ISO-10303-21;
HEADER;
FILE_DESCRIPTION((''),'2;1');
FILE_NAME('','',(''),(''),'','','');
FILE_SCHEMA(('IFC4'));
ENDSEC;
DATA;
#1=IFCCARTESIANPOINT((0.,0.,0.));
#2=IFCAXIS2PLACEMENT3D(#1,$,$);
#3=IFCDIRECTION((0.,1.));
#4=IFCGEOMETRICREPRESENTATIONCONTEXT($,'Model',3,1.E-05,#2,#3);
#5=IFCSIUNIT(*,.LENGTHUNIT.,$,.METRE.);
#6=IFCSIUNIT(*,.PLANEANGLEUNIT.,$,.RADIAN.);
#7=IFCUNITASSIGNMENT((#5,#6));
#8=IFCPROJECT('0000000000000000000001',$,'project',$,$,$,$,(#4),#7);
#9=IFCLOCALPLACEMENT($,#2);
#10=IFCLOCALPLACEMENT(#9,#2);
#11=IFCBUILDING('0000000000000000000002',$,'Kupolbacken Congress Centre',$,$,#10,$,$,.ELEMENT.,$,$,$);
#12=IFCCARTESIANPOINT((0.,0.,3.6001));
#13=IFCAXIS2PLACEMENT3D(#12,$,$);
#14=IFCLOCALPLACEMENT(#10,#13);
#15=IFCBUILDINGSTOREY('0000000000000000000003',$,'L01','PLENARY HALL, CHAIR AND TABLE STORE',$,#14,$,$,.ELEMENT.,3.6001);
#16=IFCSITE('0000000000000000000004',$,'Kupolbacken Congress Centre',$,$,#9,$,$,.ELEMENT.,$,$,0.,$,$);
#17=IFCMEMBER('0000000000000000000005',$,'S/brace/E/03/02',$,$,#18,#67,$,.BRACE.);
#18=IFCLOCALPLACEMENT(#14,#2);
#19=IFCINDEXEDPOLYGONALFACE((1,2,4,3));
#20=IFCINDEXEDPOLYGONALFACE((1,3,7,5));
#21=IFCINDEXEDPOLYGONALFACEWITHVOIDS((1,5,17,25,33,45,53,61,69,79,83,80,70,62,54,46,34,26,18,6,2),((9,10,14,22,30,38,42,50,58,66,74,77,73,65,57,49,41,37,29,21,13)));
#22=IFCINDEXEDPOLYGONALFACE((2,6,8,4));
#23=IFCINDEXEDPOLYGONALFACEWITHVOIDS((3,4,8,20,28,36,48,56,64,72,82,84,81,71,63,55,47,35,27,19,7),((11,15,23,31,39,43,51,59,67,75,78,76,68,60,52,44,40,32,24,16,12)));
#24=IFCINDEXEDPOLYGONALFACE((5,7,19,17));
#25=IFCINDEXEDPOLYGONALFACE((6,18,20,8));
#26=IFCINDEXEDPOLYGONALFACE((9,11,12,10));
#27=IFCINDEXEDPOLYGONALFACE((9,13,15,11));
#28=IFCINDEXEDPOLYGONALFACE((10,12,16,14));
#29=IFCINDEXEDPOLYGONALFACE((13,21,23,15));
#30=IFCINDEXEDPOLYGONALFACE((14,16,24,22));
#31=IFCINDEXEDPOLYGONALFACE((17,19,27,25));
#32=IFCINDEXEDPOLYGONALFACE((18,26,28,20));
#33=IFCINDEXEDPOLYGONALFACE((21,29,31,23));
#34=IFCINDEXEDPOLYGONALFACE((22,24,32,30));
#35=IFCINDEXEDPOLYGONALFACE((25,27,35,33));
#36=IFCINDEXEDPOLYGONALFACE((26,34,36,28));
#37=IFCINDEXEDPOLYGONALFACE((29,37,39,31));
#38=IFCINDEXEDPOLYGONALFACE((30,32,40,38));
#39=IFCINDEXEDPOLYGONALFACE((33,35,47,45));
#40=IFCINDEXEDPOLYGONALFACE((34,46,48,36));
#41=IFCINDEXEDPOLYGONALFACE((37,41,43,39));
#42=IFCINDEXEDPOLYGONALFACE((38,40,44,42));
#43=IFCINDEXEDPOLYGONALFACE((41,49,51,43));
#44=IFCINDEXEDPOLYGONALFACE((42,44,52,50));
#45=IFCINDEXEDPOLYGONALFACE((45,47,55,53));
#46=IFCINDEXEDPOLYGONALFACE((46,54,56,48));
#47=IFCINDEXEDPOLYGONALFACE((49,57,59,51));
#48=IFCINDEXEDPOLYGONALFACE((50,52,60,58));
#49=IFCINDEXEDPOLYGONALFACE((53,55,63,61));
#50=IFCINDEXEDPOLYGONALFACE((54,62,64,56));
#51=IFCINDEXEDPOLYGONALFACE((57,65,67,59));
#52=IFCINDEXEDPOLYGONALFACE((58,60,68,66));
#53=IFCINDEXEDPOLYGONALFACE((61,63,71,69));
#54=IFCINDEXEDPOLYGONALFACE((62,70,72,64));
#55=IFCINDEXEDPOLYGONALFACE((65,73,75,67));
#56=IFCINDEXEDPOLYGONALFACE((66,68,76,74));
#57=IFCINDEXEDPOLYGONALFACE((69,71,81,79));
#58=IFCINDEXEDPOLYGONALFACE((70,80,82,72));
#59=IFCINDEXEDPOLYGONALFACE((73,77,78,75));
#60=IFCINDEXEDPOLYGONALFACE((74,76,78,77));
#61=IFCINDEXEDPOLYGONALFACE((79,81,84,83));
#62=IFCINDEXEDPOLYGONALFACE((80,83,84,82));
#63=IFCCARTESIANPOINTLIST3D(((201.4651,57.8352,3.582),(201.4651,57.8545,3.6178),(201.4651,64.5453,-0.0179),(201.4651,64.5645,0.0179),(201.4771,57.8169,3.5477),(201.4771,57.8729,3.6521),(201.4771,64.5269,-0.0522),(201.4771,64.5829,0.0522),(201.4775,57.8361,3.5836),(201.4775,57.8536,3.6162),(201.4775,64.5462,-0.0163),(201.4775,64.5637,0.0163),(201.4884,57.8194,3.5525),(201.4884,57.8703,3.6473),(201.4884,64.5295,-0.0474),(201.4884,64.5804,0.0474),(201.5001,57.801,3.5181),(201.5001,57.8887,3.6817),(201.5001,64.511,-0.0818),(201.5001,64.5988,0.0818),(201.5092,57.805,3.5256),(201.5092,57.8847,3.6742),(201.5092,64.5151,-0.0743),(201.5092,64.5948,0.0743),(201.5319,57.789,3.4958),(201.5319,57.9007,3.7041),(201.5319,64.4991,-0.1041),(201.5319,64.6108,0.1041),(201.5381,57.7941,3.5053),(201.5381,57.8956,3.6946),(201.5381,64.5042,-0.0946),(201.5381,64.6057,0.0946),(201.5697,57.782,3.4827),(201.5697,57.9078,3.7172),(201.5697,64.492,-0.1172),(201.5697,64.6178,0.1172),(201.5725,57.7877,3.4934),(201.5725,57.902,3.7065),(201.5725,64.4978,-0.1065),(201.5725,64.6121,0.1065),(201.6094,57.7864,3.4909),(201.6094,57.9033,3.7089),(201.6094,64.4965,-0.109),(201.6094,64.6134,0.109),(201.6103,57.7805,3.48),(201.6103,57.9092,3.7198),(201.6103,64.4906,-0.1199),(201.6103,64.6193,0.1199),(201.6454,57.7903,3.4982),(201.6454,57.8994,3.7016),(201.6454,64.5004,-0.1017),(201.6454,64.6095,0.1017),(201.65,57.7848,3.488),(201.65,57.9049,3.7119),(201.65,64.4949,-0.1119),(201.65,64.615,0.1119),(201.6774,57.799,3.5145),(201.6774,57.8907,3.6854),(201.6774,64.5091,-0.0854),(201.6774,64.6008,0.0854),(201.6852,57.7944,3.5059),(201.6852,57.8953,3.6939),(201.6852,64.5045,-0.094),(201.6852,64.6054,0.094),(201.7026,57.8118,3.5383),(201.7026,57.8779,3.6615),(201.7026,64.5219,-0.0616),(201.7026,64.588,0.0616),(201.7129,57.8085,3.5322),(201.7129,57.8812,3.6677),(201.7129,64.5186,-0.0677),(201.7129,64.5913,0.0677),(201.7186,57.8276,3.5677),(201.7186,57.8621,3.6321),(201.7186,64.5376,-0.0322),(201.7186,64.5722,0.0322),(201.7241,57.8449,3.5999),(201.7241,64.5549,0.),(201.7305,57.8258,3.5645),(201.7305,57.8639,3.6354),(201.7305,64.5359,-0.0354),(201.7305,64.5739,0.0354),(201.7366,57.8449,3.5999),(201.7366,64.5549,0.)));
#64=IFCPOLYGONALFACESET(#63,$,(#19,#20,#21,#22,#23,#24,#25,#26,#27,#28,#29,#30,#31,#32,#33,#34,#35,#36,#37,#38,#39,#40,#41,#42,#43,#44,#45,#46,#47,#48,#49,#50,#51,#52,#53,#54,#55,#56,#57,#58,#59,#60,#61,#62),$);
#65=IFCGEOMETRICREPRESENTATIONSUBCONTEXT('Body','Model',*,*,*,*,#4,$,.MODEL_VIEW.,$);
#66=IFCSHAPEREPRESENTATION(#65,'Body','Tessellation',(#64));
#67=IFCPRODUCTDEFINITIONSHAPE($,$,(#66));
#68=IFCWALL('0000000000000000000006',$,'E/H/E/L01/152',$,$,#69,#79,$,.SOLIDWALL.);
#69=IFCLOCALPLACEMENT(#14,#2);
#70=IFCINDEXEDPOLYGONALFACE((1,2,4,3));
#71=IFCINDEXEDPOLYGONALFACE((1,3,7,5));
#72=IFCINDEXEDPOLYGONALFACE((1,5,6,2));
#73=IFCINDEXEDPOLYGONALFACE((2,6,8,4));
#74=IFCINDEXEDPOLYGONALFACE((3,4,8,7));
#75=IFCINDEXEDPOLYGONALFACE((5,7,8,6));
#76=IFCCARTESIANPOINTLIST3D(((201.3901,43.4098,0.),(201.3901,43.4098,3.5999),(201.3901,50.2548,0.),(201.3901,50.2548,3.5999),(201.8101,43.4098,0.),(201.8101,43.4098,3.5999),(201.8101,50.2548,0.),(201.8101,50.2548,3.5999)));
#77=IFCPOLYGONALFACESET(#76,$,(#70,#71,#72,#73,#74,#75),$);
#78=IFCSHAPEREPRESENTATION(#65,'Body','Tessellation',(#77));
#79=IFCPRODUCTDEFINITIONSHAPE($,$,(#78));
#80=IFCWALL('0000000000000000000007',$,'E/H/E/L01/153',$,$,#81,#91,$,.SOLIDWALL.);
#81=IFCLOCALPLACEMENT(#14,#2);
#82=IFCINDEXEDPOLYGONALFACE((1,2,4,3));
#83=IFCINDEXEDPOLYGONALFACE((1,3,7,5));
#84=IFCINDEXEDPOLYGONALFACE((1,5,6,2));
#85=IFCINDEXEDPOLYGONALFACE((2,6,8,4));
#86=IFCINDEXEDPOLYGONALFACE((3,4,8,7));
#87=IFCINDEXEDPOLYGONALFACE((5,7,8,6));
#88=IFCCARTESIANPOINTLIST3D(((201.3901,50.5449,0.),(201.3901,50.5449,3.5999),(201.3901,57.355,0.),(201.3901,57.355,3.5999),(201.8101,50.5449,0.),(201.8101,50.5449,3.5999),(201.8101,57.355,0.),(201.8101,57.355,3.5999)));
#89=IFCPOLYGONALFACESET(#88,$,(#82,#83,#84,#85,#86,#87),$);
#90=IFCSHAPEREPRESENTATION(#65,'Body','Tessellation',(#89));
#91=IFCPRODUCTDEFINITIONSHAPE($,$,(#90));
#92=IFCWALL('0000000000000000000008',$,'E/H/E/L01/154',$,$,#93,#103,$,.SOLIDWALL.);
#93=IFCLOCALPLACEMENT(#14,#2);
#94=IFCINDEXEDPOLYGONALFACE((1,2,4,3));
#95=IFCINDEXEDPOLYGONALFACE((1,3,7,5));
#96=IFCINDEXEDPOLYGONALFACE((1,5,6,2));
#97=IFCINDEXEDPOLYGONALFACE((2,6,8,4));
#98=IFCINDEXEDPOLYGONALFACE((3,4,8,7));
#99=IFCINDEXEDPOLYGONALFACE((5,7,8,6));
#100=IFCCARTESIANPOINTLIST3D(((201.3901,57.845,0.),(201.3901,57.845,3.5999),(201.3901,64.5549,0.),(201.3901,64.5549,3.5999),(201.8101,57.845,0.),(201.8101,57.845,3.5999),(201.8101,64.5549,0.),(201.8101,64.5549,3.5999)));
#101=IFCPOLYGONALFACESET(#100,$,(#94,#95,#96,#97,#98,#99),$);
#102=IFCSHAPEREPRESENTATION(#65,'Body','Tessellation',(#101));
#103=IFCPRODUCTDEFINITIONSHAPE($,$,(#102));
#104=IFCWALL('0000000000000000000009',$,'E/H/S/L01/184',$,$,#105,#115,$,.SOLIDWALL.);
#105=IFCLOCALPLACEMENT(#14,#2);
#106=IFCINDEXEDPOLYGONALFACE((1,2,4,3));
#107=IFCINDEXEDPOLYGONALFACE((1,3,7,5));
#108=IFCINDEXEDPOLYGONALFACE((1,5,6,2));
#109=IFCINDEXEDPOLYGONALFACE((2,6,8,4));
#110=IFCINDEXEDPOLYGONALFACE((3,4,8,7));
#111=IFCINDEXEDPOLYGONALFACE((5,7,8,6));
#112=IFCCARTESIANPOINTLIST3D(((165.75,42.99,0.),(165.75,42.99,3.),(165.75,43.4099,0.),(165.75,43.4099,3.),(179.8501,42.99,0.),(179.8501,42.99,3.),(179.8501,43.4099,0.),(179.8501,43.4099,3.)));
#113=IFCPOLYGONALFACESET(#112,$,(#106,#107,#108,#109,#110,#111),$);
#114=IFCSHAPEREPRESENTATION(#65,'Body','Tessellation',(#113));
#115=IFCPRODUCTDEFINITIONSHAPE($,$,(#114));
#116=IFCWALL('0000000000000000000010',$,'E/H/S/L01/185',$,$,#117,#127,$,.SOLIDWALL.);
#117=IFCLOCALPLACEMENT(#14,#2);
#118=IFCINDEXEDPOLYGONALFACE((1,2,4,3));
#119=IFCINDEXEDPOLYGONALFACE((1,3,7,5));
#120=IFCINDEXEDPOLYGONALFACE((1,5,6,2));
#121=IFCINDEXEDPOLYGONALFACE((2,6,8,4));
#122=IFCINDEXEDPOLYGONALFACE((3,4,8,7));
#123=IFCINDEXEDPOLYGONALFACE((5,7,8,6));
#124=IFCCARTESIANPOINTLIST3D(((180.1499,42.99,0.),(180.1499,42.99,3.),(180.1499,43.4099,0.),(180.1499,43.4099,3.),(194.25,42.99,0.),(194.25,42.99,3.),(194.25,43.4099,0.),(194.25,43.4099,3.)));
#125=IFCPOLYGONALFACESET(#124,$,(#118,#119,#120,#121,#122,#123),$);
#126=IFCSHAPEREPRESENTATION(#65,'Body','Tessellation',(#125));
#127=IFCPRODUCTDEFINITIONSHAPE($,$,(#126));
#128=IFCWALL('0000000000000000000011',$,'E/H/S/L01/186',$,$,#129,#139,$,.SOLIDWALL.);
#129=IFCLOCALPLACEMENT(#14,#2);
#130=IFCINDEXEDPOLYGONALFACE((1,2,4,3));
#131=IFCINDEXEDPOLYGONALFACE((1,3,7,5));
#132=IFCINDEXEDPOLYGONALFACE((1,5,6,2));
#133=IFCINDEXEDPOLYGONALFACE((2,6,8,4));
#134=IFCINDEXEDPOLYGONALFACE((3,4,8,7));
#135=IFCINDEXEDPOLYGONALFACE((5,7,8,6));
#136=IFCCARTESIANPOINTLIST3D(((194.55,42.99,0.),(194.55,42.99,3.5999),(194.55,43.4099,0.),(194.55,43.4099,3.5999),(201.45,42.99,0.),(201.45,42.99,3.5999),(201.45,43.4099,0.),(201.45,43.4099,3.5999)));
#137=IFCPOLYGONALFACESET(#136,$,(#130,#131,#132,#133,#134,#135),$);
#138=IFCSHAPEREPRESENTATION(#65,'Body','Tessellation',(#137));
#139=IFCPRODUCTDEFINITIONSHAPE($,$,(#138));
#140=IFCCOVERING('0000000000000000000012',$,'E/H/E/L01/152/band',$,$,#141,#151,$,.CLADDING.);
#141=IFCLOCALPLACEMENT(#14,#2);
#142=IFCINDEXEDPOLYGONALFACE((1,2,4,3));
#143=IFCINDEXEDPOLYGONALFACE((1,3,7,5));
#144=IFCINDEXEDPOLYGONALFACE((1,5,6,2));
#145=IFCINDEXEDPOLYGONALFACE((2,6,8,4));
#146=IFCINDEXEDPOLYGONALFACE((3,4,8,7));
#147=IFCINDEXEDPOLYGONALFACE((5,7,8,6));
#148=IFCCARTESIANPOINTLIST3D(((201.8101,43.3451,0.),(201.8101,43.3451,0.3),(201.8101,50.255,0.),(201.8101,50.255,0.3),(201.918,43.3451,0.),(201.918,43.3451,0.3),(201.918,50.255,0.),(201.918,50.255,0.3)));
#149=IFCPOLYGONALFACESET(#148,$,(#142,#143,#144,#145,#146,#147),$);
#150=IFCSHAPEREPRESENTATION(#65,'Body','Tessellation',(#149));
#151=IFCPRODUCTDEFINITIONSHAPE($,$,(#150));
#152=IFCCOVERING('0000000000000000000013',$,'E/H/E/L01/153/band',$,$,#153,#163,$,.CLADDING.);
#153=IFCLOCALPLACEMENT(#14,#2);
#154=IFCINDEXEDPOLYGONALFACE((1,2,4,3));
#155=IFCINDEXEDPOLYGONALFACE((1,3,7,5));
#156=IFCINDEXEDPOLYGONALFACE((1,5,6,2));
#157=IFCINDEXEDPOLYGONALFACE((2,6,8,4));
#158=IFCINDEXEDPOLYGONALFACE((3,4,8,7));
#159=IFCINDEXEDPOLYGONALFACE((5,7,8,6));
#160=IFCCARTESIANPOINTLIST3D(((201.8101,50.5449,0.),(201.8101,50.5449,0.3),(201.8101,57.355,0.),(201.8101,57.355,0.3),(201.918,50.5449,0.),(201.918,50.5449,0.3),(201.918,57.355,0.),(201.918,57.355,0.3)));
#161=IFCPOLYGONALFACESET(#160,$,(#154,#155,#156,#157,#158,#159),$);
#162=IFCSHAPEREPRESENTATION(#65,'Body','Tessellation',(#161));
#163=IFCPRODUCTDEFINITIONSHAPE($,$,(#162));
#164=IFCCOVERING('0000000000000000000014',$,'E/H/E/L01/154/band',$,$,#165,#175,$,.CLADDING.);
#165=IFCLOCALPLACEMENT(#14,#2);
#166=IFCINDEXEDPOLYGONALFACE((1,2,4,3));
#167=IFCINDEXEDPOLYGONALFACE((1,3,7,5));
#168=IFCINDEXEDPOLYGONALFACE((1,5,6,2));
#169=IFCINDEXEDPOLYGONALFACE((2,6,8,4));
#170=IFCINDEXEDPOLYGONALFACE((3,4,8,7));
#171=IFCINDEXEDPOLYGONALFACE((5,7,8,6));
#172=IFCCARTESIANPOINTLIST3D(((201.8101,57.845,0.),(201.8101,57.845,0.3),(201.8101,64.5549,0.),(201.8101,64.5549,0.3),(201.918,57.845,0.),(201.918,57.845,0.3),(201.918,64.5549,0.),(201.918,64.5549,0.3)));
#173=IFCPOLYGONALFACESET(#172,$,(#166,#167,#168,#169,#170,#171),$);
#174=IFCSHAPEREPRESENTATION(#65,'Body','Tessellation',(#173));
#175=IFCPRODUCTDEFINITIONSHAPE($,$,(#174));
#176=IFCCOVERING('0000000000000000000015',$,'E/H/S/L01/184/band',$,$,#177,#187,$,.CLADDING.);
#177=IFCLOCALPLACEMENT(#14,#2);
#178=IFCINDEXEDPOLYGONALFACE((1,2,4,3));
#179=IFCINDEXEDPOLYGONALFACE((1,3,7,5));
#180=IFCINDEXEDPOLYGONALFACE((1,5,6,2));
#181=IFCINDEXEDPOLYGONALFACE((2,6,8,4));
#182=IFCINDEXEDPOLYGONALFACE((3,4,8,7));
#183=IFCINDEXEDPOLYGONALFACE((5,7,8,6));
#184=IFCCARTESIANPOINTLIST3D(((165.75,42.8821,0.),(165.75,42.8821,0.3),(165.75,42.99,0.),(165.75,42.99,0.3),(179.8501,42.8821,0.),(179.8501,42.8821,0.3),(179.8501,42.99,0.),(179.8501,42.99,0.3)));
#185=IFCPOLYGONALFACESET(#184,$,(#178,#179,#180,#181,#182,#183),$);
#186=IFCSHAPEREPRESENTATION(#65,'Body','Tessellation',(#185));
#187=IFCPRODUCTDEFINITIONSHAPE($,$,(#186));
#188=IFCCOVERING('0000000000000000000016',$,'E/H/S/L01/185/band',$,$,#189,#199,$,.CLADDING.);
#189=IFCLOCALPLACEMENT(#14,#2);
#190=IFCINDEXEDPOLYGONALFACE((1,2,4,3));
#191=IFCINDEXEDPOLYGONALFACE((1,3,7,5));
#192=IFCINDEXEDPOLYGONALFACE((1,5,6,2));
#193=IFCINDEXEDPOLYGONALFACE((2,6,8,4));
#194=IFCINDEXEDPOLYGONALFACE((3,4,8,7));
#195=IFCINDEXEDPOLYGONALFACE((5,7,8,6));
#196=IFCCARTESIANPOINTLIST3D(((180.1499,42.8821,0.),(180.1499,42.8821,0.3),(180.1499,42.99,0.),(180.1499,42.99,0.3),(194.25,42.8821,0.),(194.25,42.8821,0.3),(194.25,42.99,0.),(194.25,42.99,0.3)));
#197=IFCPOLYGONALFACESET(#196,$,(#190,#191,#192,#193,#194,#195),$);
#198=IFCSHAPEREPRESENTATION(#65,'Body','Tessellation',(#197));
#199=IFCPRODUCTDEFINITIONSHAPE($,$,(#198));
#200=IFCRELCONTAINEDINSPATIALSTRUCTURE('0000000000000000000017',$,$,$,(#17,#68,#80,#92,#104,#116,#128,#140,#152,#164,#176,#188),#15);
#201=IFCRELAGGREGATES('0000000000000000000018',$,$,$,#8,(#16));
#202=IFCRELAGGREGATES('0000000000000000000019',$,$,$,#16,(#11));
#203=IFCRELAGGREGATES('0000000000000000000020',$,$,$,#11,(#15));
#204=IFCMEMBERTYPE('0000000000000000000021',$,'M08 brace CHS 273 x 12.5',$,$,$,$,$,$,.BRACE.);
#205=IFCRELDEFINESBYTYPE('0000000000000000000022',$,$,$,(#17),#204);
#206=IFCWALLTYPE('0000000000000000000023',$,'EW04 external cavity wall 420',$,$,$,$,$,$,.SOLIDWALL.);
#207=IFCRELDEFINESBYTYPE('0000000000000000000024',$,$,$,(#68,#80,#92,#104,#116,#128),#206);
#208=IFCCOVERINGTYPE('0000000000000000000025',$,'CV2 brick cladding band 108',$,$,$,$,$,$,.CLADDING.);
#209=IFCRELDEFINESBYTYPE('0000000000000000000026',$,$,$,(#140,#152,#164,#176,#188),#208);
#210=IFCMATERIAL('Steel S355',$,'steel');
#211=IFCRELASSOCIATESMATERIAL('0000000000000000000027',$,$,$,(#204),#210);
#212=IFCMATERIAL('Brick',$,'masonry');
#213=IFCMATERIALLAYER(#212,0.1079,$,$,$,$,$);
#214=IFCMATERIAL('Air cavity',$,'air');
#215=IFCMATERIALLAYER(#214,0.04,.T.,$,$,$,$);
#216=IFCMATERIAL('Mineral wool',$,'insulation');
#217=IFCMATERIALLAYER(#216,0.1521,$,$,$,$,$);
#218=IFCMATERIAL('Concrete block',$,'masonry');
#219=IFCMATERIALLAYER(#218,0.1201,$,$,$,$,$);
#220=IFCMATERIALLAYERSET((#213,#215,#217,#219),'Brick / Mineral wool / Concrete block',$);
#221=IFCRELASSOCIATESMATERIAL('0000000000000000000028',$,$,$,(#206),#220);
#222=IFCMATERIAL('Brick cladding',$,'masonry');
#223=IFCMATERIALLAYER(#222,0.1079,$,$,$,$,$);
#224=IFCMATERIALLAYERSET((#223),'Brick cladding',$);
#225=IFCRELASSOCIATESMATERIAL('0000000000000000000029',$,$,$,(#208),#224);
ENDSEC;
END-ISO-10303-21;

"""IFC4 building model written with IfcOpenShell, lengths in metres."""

from ifc_helpers import new_model, si_unit, direction, frame, frame_2d, origin, origin_2d, place, context, subcontext, project, spatial, rectangle, hollow_circle, extrude, material, layer, layer_set, material_profile, profile_set, type_object, element, save


model = new_model("IFC4")

# Units and contexts
model_context = context("Model", 3, precision=1e-05, world=origin(), true_north=direction((0.0, 1.0)))
body_context = subcontext(model_context, "Body", "Model", "MODEL_VIEW")
ifc_project = project(units=[si_unit("LENGTHUNIT", "METRE"), si_unit("PLANEANGLEUNIT", "RADIAN")], contexts=[model_context])

# Site, building, storey
site_placement = place(None, origin())
site = spatial("IfcSite", under=ifc_project, at=site_placement, Name="Kupolbacken Congress Centre", CompositionType="ELEMENT", RefElevation=0.0)
building_placement = place(site_placement, origin())
building = spatial("IfcBuilding", under=site, at=building_placement, Name="Kupolbacken Congress Centre", CompositionType="ELEMENT")
storey_placement = place(building_placement, frame((0.0, 0.0, 3.6001)))
storey = spatial("IfcBuildingStorey", under=building, at=storey_placement, Name="L01", Description="PLENARY HALL, CHAIR AND TABLE STORE", CompositionType="ELEMENT", Elevation=3.6001)

# Member
ifc_material_1 = material(Name="Steel S355", Category="steel")
ifc_material_profile_1 = material_profile(ifc_material_1, hollow_circle(Radius=0.1365, WallThickness=0.0125, at=origin_2d()), Name="CHS 273 x 12.5")
ifc_profile_set_1 = profile_set([ifc_material_profile_1], Name="Steel S355")
member_type = type_object("IfcMemberType", Name="M08 brace CHS 273 x 12.5", PredefinedType="BRACE", material=ifc_profile_set_1)
member_placement = place(storey_placement, frame((201.6001, 64.5549, 0.0), z_axis=(0.0, -0.881194, 0.472755), x_axis=(1.0, 0.0, 0.0)))
element("IfcMember", 1, at=member_placement, inside=storey, type_object=member_type, Name="S/brace/E/03/02", PredefinedType="BRACE", context=body_context, shape_type="SweptSolid", body=[
    extrude(hollow_circle(Radius=0.1365, WallThickness=0.0125, at=origin_2d()), origin(), (0.0, 0.0, 1.0), 7.6147),
])

# Walls
ifc_material_2 = material(Name="Brick", Category="masonry")
ifc_layer_1 = layer(ifc_material_2, 0.1079)
ifc_material_3 = material(Name="Air cavity", Category="air")
ifc_layer_2 = layer(ifc_material_3, 0.04, ventilated=True)
ifc_material_4 = material(Name="Mineral wool", Category="insulation")
ifc_layer_3 = layer(ifc_material_4, 0.1521)
ifc_material_5 = material(Name="Concrete block", Category="masonry")
ifc_layer_4 = layer(ifc_material_5, 0.1201)
ifc_layer_set_1 = layer_set([ifc_layer_1, ifc_layer_2, ifc_layer_3, ifc_layer_4], Name="Brick / Mineral wool / Concrete block")
wall_type = type_object("IfcWallType", Name="EW04 external cavity wall 420", PredefinedType="SOLIDWALL", material=ifc_layer_set_1)
wall_1_placement = place(storey_placement, frame((201.6001, 43.4099, 0.0), z_axis=(0.0, 0.0, 1.0), x_axis=(0.0, 1.0, 0.0)))
element("IfcWall", 2, at=wall_1_placement, inside=storey, type_object=wall_type, Name="E/H/E/L01/152", PredefinedType="SOLIDWALL", context=body_context, shape_type="SweptSolid", body=[
    extrude(rectangle(XDim=6.845, YDim=0.4199, at=frame_2d((3.4224, 0.0))), origin(), (0.0, 0.0, 1.0), 3.5999),
])
wall_2_placement = place(storey_placement, frame((201.6001, 50.5449, 0.0), z_axis=(0.0, 0.0, 1.0), x_axis=(0.0, 1.0, 0.0)))
element("IfcWall", 3, at=wall_2_placement, inside=storey, type_object=wall_type, Name="E/H/E/L01/153", PredefinedType="SOLIDWALL", context=body_context, shape_type="SweptSolid", body=[
    extrude(rectangle(XDim=6.8101, YDim=0.4199, at=frame_2d((3.405, 0.0))), origin(), (0.0, 0.0, 1.0), 3.5999),
])
wall_3_placement = place(storey_placement, frame((201.6001, 57.845, 0.0), z_axis=(0.0, 0.0, 1.0), x_axis=(0.0, 1.0, 0.0)))
element("IfcWall", 4, at=wall_3_placement, inside=storey, type_object=wall_type, Name="E/H/E/L01/154", PredefinedType="SOLIDWALL", context=body_context, shape_type="SweptSolid", body=[
    extrude(rectangle(XDim=6.71, YDim=0.4199, at=frame_2d((3.355, 0.0))), origin(), (0.0, 0.0, 1.0), 3.5999),
])
for number, where, z_axis, x_axis, name in (
    (5, (165.75, 43.2, 0.0), (0.0, 0.0, 1.0), (1.0, 0.0, 0.0), "E/H/S/L01/184"),
    (6, (180.1499, 43.2, 0.0), (0.0, 0.0, 1.0), (1.0, 0.0, 0.0), "E/H/S/L01/185"),
):
    element("IfcWall", number, at=place(storey_placement, frame(where, z_axis=z_axis, x_axis=x_axis)), inside=storey, type_object=wall_type, Name=name, PredefinedType="SOLIDWALL", context=body_context, shape_type="SweptSolid", body=[
        extrude(rectangle(XDim=14.1001, YDim=0.4199, at=frame_2d((7.05, 0.0))), origin(), (0.0, 0.0, 1.0), 3.0),
    ])
wall_4_placement = place(storey_placement, frame((194.55, 43.2, 0.0), z_axis=(0.0, 0.0, 1.0), x_axis=(1.0, 0.0, 0.0)))
element("IfcWall", 7, at=wall_4_placement, inside=storey, type_object=wall_type, Name="E/H/S/L01/186", PredefinedType="SOLIDWALL", context=body_context, shape_type="SweptSolid", body=[
    extrude(rectangle(XDim=6.8999, YDim=0.4199, at=frame_2d((3.45, 0.0))), origin(), (0.0, 0.0, 1.0), 3.5999),
])

# Coverings
ifc_material_6 = material(Name="Brick cladding", Category="masonry")
ifc_layer_5 = layer(ifc_material_6, 0.1079)
ifc_layer_set_2 = layer_set([ifc_layer_5], Name="Brick cladding")
covering_type_1 = type_object("IfcCoveringType", Name="CV2 brick cladding band 108", PredefinedType="CLADDING", material=ifc_layer_set_2)
covering_1_placement = place(storey_placement, frame((201.864, 46.8, 0.0), z_axis=(0.0, 0.0, 1.0), x_axis=(0.0, 1.0, 0.0)))
element("IfcCovering", 8, at=covering_1_placement, inside=storey, type_object=covering_type_1, Name="E/H/E/L01/152/band", PredefinedType="CLADDING", context=body_context, shape_type="SweptSolid", body=[
    extrude(rectangle(XDim=6.9099, YDim=0.1079, at=origin_2d()), origin(), (0.0, 0.0, 1.0), 0.3),
])
covering_2_placement = place(storey_placement, frame((201.864, 53.95, 0.0), z_axis=(0.0, 0.0, 1.0), x_axis=(0.0, 1.0, 0.0)))
element("IfcCovering", 9, at=covering_2_placement, inside=storey, type_object=covering_type_1, Name="E/H/E/L01/153/band", PredefinedType="CLADDING", context=body_context, shape_type="SweptSolid", body=[
    extrude(rectangle(XDim=6.8101, YDim=0.1079, at=origin_2d()), origin(), (0.0, 0.0, 1.0), 0.3),
])
covering_3_placement = place(storey_placement, frame((201.864, 61.2, 0.0), z_axis=(0.0, 0.0, 1.0), x_axis=(0.0, 1.0, 0.0)))
element("IfcCovering", 10, at=covering_3_placement, inside=storey, type_object=covering_type_1, Name="E/H/E/L01/154/band", PredefinedType="CLADDING", context=body_context, shape_type="SweptSolid", body=[
    extrude(rectangle(XDim=6.71, YDim=0.1079, at=origin_2d()), origin(), (0.0, 0.0, 1.0), 0.3),
])
for number, where, z_axis, x_axis, name in (
    (11, (172.8, 42.936, 0.0), (0.0, 0.0, 1.0), (1.0, 0.0, 0.0), "E/H/S/L01/184/band"),
    (12, (187.2, 42.936, 0.0), (0.0, 0.0, 1.0), (1.0, 0.0, 0.0), "E/H/S/L01/185/band"),
):
    element("IfcCovering", number, at=place(storey_placement, frame(where, z_axis=z_axis, x_axis=x_axis)), inside=storey, type_object=covering_type_1, Name=name, PredefinedType="CLADDING", context=body_context, shape_type="SweptSolid", body=[
        extrude(rectangle(XDim=14.1001, YDim=0.1079, at=origin_2d()), origin(), (0.0, 0.0, 1.0), 0.3),
    ])

save(model, "model.ifc")
